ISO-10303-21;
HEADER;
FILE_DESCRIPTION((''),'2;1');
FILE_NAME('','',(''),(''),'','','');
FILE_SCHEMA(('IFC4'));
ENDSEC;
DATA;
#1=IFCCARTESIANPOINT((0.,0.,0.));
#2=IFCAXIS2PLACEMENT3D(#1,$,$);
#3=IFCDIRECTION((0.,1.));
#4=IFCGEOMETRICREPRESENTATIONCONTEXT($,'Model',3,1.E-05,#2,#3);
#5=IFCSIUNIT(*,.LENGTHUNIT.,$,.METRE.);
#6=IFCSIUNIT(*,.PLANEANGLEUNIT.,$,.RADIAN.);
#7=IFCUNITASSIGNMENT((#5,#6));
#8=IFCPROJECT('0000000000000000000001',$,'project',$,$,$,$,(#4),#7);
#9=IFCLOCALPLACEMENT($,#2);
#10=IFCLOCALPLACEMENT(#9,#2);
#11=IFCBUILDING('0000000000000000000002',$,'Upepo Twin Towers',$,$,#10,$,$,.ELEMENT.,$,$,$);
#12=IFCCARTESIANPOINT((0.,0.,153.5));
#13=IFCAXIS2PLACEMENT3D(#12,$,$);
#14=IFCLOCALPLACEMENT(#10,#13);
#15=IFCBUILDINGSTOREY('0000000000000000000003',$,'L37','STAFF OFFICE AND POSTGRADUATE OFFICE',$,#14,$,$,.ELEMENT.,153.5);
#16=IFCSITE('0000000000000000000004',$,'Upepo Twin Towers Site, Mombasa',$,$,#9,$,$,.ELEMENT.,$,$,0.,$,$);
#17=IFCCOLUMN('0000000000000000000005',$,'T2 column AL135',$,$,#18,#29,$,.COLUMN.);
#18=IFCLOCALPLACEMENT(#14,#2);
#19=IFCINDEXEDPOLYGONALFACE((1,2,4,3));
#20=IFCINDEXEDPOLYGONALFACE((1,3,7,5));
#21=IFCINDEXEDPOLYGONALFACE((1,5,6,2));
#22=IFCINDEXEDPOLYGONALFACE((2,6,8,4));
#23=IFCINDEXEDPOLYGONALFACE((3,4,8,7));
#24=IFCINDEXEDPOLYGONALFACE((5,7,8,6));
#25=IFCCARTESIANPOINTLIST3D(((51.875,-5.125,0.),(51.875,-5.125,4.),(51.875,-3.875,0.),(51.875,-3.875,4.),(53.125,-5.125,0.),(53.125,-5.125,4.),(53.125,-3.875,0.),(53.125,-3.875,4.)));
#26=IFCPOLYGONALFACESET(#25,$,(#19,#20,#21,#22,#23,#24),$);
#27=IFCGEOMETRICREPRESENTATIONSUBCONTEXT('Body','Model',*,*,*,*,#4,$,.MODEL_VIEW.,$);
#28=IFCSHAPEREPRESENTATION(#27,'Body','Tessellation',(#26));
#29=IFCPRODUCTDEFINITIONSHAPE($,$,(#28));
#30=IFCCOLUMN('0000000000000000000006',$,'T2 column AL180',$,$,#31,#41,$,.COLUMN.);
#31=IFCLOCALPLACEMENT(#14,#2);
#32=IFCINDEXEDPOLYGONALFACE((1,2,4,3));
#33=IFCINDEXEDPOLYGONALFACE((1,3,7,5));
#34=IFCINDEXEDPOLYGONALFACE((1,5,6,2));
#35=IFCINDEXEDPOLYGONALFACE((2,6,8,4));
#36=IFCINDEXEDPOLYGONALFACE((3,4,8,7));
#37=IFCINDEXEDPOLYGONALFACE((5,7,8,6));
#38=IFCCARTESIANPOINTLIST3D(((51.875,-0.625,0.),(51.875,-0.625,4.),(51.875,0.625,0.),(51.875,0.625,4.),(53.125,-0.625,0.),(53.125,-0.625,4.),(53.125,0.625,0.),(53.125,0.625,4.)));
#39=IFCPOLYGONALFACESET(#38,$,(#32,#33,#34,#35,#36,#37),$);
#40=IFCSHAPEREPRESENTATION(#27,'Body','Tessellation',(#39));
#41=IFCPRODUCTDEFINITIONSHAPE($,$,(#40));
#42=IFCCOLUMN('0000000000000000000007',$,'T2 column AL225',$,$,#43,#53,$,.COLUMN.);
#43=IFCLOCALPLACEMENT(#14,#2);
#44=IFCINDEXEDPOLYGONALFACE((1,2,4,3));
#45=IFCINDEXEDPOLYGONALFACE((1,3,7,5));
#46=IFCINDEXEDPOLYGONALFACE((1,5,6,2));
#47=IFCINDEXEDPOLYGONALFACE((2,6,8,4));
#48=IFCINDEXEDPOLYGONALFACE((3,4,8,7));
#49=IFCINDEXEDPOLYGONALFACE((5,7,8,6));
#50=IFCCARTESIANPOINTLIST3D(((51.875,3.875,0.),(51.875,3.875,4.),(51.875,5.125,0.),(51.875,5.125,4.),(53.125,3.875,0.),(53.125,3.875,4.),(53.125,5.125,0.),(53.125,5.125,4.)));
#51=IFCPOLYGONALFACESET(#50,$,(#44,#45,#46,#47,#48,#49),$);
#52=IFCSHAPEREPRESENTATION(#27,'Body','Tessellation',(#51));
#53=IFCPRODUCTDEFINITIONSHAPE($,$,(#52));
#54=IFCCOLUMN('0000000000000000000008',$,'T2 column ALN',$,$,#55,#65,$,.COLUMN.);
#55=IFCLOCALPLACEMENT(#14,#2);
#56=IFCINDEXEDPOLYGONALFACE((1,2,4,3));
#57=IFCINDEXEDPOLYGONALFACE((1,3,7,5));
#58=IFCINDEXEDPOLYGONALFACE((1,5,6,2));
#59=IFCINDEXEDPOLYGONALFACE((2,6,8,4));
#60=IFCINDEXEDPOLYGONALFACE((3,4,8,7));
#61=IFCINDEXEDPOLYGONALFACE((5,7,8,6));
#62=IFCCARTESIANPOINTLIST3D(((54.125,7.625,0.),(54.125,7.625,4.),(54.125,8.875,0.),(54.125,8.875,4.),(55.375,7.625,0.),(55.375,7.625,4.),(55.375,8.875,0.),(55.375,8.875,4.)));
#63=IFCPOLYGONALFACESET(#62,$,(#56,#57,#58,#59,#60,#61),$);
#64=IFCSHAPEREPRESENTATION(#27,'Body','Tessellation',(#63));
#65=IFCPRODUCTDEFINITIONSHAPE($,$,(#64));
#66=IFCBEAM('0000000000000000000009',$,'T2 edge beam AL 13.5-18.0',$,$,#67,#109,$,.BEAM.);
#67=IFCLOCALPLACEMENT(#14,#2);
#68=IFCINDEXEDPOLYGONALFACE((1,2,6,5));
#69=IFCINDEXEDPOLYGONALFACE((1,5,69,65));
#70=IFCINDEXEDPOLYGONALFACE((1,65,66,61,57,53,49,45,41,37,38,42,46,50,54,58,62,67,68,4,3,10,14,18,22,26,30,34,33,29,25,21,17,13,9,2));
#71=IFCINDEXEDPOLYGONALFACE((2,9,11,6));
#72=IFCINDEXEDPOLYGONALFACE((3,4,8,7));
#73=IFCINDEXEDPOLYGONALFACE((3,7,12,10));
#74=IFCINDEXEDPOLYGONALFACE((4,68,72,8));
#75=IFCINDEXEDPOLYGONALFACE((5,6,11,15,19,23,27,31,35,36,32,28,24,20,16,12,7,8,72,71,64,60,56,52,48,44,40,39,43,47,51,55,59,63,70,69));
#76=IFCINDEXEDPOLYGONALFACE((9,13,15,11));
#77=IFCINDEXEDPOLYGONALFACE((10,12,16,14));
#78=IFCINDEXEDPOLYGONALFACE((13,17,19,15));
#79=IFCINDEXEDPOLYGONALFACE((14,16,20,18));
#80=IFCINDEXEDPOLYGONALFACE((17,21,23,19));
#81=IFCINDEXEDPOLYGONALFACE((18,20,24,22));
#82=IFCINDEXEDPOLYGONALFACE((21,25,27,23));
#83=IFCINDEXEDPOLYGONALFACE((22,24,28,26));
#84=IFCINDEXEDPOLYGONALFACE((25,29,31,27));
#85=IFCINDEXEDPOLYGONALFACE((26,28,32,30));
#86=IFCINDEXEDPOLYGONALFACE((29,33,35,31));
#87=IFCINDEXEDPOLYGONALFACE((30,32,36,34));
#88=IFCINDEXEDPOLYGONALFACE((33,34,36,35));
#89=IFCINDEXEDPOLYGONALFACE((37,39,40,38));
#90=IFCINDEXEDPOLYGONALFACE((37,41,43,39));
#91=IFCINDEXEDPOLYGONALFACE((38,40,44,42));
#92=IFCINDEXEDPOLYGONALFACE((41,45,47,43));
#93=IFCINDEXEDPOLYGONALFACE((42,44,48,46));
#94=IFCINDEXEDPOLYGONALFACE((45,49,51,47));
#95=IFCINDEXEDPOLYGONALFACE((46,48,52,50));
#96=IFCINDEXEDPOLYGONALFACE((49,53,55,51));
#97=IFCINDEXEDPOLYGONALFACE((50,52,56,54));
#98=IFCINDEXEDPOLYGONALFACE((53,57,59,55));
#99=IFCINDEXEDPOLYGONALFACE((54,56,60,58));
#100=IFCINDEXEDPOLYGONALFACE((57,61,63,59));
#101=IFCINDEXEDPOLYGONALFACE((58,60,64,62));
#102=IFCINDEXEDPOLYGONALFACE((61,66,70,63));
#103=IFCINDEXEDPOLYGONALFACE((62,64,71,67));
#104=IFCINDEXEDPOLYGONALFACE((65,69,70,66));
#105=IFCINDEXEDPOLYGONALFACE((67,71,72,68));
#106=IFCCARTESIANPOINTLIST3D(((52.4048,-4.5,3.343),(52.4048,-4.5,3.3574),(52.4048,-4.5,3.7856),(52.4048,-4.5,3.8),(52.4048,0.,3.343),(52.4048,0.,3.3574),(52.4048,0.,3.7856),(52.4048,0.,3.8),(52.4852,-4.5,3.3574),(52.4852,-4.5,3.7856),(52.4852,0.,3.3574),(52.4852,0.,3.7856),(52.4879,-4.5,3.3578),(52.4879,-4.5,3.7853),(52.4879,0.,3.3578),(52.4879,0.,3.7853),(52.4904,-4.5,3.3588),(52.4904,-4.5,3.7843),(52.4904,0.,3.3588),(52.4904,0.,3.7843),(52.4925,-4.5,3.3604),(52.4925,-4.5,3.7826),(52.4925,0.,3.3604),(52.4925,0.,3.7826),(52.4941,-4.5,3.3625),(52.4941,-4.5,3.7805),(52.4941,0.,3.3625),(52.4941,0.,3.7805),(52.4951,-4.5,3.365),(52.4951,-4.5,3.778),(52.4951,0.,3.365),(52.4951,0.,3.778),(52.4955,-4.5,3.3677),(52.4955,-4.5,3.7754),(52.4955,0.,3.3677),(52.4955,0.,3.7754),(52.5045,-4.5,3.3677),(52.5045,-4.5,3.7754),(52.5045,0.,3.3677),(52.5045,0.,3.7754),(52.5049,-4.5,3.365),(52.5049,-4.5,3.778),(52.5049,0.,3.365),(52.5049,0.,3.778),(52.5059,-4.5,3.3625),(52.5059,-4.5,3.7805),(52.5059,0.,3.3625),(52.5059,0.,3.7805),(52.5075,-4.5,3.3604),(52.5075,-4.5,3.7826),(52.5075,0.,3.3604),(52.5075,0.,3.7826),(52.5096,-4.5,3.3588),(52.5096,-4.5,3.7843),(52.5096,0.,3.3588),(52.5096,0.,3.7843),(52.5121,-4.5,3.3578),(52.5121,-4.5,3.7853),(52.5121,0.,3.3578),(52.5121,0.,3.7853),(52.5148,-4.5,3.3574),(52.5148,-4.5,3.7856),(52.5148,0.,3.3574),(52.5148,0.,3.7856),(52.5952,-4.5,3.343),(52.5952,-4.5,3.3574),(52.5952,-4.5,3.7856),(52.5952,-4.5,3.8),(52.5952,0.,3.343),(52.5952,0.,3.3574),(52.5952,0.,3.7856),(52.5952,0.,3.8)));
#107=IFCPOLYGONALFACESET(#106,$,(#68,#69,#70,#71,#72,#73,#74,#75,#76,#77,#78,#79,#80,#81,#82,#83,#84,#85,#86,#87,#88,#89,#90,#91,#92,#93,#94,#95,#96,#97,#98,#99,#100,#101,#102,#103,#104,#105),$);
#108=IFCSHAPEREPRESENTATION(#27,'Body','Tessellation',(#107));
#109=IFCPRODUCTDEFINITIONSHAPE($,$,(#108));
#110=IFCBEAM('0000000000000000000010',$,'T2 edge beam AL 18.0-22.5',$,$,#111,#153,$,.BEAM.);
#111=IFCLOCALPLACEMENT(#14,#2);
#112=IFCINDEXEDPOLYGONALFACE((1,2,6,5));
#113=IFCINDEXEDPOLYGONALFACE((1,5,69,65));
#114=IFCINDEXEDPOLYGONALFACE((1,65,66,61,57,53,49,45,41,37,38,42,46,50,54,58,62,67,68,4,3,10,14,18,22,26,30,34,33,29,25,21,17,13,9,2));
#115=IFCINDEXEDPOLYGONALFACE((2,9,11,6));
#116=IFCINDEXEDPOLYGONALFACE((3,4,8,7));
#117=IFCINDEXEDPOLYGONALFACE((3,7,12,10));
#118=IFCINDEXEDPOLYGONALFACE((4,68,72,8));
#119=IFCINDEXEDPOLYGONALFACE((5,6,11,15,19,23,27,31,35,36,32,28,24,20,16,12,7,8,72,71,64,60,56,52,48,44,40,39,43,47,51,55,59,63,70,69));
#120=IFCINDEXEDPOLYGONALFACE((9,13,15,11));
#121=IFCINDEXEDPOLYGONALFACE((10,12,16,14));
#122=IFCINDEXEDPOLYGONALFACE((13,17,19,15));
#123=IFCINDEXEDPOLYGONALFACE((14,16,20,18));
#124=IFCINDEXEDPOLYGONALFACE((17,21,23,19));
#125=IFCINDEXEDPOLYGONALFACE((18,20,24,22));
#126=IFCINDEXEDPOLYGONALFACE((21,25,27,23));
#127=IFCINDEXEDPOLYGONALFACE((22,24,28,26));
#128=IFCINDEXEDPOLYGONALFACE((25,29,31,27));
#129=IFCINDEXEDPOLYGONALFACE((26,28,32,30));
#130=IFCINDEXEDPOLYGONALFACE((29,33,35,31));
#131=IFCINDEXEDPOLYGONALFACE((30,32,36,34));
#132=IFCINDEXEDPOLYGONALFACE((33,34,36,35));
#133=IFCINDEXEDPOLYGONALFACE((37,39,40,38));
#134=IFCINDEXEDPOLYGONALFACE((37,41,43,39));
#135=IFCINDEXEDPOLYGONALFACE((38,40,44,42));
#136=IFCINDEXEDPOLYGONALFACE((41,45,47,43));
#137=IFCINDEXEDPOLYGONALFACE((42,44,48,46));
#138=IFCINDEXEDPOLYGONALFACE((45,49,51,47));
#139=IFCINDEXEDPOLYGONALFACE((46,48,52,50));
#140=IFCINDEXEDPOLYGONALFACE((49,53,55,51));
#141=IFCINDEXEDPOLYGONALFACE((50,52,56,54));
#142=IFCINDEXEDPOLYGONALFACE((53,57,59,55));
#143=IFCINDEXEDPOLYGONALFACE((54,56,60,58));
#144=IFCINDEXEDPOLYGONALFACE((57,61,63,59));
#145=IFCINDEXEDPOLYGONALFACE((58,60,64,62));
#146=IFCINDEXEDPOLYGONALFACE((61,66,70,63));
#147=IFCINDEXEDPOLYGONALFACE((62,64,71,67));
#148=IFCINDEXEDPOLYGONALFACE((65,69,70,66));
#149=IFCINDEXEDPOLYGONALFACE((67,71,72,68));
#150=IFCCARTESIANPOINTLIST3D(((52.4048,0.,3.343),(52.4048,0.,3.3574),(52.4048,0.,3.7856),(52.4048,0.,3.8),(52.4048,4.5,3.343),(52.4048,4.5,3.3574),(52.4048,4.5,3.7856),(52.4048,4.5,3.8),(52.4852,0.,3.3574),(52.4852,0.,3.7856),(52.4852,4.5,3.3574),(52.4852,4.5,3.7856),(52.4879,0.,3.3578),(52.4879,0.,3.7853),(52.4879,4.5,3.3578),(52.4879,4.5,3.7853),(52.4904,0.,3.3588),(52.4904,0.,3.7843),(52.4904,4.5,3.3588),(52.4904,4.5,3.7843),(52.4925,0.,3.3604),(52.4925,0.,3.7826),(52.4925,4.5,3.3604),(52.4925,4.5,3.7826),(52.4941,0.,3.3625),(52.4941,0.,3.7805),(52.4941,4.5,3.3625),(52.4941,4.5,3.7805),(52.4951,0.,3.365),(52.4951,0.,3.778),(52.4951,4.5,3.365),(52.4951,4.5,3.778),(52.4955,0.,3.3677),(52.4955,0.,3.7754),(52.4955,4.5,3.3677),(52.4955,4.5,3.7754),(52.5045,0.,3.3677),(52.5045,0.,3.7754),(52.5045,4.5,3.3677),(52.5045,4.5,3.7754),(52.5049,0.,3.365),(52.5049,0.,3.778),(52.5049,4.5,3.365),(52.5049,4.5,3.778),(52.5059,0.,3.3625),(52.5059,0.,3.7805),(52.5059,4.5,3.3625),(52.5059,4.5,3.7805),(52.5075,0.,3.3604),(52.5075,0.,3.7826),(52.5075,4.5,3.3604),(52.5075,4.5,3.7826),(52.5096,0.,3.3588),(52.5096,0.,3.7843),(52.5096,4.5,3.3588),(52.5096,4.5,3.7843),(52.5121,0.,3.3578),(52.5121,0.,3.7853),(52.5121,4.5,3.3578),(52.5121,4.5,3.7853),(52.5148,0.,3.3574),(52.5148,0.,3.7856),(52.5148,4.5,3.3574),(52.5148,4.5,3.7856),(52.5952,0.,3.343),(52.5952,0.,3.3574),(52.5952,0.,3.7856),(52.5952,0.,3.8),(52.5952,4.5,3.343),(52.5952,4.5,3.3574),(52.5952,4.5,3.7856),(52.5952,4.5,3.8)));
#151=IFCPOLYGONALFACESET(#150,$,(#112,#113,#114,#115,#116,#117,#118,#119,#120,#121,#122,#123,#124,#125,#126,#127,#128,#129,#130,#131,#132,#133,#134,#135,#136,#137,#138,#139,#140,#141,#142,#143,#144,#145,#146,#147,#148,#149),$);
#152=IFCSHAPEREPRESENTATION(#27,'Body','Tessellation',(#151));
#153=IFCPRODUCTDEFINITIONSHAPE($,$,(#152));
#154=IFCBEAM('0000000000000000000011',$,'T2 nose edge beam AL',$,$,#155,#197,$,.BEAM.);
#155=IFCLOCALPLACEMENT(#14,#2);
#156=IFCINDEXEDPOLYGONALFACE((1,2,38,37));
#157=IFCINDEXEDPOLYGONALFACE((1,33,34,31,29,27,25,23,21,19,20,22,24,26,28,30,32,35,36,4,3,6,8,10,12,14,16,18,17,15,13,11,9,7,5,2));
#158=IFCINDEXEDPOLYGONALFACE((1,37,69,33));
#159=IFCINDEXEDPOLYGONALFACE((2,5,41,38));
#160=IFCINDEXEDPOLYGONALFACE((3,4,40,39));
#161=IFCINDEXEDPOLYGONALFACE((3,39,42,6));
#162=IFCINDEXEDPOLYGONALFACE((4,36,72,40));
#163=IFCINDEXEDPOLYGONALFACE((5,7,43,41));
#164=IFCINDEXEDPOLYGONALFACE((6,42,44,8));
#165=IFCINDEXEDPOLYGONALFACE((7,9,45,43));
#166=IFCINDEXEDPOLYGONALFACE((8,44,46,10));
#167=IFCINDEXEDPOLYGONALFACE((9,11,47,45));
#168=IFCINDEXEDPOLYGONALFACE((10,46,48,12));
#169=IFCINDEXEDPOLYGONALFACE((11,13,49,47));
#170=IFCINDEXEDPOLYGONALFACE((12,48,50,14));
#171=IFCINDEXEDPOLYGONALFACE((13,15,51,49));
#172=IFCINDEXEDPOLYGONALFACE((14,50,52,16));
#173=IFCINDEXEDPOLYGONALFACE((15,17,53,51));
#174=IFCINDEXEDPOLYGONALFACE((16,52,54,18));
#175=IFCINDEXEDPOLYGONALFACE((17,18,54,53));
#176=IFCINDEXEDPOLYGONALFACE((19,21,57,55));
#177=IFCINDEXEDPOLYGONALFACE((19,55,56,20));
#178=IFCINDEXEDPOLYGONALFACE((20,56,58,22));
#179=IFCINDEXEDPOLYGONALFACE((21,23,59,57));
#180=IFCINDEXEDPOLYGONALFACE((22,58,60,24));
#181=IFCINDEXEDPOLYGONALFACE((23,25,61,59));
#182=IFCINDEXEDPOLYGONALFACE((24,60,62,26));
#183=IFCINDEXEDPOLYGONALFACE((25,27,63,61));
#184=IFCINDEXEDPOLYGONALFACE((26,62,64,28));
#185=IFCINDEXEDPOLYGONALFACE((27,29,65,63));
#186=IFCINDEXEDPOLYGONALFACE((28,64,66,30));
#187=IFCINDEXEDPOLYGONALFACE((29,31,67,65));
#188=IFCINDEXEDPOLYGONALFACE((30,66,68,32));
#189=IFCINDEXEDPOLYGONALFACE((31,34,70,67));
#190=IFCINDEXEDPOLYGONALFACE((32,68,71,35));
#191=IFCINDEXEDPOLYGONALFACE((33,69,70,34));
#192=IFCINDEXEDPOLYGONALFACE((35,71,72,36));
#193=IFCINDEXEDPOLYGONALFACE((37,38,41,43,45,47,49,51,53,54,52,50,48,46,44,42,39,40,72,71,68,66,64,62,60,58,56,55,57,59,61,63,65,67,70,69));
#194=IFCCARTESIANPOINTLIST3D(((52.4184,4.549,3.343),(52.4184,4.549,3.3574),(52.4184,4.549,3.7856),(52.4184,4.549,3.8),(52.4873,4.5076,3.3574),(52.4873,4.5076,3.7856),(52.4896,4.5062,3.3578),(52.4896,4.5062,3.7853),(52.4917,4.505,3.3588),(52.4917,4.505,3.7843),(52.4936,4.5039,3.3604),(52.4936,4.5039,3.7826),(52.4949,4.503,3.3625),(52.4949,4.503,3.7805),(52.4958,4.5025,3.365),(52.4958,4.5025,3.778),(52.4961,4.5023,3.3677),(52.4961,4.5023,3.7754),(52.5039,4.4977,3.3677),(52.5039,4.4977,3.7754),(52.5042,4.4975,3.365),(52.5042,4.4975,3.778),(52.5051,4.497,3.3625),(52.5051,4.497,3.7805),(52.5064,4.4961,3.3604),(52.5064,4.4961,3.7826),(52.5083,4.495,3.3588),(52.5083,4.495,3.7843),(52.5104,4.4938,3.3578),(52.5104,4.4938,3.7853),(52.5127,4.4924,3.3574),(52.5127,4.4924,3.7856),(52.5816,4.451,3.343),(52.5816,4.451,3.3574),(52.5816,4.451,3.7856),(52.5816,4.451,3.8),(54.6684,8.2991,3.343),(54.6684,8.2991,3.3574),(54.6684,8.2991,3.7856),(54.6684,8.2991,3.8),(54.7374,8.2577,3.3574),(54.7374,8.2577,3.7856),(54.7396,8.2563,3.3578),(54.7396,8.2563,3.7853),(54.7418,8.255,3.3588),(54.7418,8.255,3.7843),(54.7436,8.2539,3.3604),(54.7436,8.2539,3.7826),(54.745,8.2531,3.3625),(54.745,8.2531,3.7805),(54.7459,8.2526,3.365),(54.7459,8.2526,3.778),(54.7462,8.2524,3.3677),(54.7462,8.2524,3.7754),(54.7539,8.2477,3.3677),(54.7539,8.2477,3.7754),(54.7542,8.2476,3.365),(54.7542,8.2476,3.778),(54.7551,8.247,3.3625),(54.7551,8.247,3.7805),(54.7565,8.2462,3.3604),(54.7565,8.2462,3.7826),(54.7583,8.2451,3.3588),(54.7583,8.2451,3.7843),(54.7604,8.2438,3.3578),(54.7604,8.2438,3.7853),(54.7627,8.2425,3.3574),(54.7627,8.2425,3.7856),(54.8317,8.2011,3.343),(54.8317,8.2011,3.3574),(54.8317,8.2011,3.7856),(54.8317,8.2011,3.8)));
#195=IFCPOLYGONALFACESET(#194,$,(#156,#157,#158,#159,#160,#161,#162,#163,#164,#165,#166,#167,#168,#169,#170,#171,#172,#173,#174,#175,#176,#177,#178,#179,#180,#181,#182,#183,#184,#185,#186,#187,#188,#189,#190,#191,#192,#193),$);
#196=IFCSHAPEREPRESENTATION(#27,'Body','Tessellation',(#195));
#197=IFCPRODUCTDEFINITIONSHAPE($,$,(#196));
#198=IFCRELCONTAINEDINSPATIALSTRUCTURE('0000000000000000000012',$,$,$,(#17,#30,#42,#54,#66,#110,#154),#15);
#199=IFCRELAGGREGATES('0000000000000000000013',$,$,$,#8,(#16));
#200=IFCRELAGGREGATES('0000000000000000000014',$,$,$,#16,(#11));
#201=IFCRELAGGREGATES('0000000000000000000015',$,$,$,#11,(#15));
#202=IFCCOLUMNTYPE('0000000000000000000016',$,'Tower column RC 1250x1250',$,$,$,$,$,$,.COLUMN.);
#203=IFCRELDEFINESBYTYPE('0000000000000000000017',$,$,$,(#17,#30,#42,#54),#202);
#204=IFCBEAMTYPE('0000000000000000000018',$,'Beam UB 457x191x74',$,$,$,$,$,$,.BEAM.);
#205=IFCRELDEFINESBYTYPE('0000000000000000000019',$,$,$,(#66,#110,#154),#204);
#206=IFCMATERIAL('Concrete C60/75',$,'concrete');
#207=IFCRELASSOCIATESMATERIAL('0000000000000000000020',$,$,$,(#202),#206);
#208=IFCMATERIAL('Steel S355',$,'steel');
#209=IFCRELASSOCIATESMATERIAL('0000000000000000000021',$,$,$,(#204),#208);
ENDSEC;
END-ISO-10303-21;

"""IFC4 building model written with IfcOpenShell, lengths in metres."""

from ifc_helpers import new_model, si_unit, direction, frame, origin, origin_2d, place, context, subcontext, project, spatial, rectangle, i_section, extrude, material, material_profile, profile_set, type_object, element, save


model = new_model("IFC4")

# Units and contexts
model_context = context("Model", 3, precision=1e-05, world=origin(), true_north=direction((0.0, 1.0)))
body_context = subcontext(model_context, "Body", "Model", "MODEL_VIEW")
ifc_project = project(units=[si_unit("LENGTHUNIT", "METRE"), si_unit("PLANEANGLEUNIT", "RADIAN")], contexts=[model_context])

# Site, building, storey
site_placement = place(None, origin())
site = spatial("IfcSite", under=ifc_project, at=site_placement, Name="Upepo Twin Towers Site, Mombasa", CompositionType="ELEMENT", RefElevation=0.0)
building_placement = place(site_placement, origin())
building = spatial("IfcBuilding", under=site, at=building_placement, Name="Upepo Twin Towers", CompositionType="ELEMENT")
storey_placement = place(building_placement, frame((0.0, 0.0, 153.5)))
storey = spatial("IfcBuildingStorey", under=building, at=storey_placement, Name="L37", Description="STAFF OFFICE AND POSTGRADUATE OFFICE", CompositionType="ELEMENT", Elevation=153.5)

# Columns
ifc_material_1 = material(Name="Concrete C60/75", Category="concrete")
ifc_material_profile_1 = material_profile(ifc_material_1, rectangle(XDim=1.25, YDim=1.25, at=origin_2d()), Name="RC 1250x1250")
ifc_profile_set_1 = profile_set([ifc_material_profile_1], Name="Concrete C60/75")
column_type = type_object("IfcColumnType", Name="Tower column RC 1250x1250", PredefinedType="COLUMN", material=ifc_profile_set_1)
for number, where, z_axis, x_axis, name in (
    (1, (52.5, -4.5, 0.0), (0.0, 0.0, 1.0), (1.0, 0.0, 0.0), "T2 column AL135"),
    (2, (52.5, 0.0, 0.0), (0.0, 0.0, 1.0), (1.0, 0.0, 0.0), "T2 column AL180"),
    (3, (52.5, 4.5, 0.0), (0.0, 0.0, 1.0), (1.0, 0.0, 0.0), "T2 column AL225"),
    (4, (54.75, 8.25, 0.0), (0.0, 0.0, 1.0), (1.0, 0.0, 0.0), "T2 column ALN"),
):
    element("IfcColumn", number, at=place(storey_placement, frame(where, z_axis=z_axis, x_axis=x_axis)), inside=storey, type_object=column_type, Name=name, PredefinedType="COLUMN", context=body_context, shape_type="SweptSolid", body=[
        extrude(rectangle(XDim=1.25, YDim=1.25, at=origin_2d()), origin(), (0.0, 0.0, 1.0), 4.0),
    ])

# Beams
ifc_material_2 = material(Name="Steel S355", Category="steel")
ifc_material_profile_2 = material_profile(ifc_material_2, i_section(OverallWidth=0.1904, OverallDepth=0.457, WebThickness=0.009, FlangeThickness=0.0144, FilletRadius=0.0103, at=origin_2d()), Name="UB 457x191x74")
ifc_profile_set_2 = profile_set([ifc_material_profile_2], Name="Steel S355")
beam_type_1 = type_object("IfcBeamType", Name="Beam UB 457x191x74", PredefinedType="BEAM", material=ifc_profile_set_2)
for number, where, z_axis, x_axis, name in (
    (5, (52.5, -4.5, 3.5715), (0.0, 1.0, 0.0), (-1.0, 0.0, 0.0), "T2 edge beam AL 13.5-18.0"),
    (6, (52.5, 0.0, 3.5715), (0.0, 1.0, 0.0), (-1.0, 0.0, 0.0), "T2 edge beam AL 18.0-22.5"),
):
    element("IfcBeam", number, at=place(storey_placement, frame(where, z_axis=z_axis, x_axis=x_axis)), inside=storey, type_object=beam_type_1, Name=name, PredefinedType="BEAM", context=body_context, shape_type="SweptSolid", body=[
        extrude(i_section(OverallWidth=0.1904, OverallDepth=0.457, WebThickness=0.009, FlangeThickness=0.0144, FilletRadius=0.0103, at=origin_2d()), origin(), (0.0, 0.0, 1.0), 4.5),
    ])
beam_1_placement = place(storey_placement, frame((52.5, 4.5, 3.5715), z_axis=(0.514496, 0.857493, 0.0), x_axis=(-0.857493, 0.514496, 0.0)))
element("IfcBeam", 7, at=beam_1_placement, inside=storey, type_object=beam_type_1, Name="T2 nose edge beam AL", PredefinedType="BEAM", context=body_context, shape_type="SweptSolid", body=[
    extrude(i_section(OverallWidth=0.1904, OverallDepth=0.457, WebThickness=0.009, FlangeThickness=0.0144, FilletRadius=0.0103, at=origin_2d()), origin(), (0.0, 0.0, 1.0), 4.3733),
])

save(model, "model.ifc")
